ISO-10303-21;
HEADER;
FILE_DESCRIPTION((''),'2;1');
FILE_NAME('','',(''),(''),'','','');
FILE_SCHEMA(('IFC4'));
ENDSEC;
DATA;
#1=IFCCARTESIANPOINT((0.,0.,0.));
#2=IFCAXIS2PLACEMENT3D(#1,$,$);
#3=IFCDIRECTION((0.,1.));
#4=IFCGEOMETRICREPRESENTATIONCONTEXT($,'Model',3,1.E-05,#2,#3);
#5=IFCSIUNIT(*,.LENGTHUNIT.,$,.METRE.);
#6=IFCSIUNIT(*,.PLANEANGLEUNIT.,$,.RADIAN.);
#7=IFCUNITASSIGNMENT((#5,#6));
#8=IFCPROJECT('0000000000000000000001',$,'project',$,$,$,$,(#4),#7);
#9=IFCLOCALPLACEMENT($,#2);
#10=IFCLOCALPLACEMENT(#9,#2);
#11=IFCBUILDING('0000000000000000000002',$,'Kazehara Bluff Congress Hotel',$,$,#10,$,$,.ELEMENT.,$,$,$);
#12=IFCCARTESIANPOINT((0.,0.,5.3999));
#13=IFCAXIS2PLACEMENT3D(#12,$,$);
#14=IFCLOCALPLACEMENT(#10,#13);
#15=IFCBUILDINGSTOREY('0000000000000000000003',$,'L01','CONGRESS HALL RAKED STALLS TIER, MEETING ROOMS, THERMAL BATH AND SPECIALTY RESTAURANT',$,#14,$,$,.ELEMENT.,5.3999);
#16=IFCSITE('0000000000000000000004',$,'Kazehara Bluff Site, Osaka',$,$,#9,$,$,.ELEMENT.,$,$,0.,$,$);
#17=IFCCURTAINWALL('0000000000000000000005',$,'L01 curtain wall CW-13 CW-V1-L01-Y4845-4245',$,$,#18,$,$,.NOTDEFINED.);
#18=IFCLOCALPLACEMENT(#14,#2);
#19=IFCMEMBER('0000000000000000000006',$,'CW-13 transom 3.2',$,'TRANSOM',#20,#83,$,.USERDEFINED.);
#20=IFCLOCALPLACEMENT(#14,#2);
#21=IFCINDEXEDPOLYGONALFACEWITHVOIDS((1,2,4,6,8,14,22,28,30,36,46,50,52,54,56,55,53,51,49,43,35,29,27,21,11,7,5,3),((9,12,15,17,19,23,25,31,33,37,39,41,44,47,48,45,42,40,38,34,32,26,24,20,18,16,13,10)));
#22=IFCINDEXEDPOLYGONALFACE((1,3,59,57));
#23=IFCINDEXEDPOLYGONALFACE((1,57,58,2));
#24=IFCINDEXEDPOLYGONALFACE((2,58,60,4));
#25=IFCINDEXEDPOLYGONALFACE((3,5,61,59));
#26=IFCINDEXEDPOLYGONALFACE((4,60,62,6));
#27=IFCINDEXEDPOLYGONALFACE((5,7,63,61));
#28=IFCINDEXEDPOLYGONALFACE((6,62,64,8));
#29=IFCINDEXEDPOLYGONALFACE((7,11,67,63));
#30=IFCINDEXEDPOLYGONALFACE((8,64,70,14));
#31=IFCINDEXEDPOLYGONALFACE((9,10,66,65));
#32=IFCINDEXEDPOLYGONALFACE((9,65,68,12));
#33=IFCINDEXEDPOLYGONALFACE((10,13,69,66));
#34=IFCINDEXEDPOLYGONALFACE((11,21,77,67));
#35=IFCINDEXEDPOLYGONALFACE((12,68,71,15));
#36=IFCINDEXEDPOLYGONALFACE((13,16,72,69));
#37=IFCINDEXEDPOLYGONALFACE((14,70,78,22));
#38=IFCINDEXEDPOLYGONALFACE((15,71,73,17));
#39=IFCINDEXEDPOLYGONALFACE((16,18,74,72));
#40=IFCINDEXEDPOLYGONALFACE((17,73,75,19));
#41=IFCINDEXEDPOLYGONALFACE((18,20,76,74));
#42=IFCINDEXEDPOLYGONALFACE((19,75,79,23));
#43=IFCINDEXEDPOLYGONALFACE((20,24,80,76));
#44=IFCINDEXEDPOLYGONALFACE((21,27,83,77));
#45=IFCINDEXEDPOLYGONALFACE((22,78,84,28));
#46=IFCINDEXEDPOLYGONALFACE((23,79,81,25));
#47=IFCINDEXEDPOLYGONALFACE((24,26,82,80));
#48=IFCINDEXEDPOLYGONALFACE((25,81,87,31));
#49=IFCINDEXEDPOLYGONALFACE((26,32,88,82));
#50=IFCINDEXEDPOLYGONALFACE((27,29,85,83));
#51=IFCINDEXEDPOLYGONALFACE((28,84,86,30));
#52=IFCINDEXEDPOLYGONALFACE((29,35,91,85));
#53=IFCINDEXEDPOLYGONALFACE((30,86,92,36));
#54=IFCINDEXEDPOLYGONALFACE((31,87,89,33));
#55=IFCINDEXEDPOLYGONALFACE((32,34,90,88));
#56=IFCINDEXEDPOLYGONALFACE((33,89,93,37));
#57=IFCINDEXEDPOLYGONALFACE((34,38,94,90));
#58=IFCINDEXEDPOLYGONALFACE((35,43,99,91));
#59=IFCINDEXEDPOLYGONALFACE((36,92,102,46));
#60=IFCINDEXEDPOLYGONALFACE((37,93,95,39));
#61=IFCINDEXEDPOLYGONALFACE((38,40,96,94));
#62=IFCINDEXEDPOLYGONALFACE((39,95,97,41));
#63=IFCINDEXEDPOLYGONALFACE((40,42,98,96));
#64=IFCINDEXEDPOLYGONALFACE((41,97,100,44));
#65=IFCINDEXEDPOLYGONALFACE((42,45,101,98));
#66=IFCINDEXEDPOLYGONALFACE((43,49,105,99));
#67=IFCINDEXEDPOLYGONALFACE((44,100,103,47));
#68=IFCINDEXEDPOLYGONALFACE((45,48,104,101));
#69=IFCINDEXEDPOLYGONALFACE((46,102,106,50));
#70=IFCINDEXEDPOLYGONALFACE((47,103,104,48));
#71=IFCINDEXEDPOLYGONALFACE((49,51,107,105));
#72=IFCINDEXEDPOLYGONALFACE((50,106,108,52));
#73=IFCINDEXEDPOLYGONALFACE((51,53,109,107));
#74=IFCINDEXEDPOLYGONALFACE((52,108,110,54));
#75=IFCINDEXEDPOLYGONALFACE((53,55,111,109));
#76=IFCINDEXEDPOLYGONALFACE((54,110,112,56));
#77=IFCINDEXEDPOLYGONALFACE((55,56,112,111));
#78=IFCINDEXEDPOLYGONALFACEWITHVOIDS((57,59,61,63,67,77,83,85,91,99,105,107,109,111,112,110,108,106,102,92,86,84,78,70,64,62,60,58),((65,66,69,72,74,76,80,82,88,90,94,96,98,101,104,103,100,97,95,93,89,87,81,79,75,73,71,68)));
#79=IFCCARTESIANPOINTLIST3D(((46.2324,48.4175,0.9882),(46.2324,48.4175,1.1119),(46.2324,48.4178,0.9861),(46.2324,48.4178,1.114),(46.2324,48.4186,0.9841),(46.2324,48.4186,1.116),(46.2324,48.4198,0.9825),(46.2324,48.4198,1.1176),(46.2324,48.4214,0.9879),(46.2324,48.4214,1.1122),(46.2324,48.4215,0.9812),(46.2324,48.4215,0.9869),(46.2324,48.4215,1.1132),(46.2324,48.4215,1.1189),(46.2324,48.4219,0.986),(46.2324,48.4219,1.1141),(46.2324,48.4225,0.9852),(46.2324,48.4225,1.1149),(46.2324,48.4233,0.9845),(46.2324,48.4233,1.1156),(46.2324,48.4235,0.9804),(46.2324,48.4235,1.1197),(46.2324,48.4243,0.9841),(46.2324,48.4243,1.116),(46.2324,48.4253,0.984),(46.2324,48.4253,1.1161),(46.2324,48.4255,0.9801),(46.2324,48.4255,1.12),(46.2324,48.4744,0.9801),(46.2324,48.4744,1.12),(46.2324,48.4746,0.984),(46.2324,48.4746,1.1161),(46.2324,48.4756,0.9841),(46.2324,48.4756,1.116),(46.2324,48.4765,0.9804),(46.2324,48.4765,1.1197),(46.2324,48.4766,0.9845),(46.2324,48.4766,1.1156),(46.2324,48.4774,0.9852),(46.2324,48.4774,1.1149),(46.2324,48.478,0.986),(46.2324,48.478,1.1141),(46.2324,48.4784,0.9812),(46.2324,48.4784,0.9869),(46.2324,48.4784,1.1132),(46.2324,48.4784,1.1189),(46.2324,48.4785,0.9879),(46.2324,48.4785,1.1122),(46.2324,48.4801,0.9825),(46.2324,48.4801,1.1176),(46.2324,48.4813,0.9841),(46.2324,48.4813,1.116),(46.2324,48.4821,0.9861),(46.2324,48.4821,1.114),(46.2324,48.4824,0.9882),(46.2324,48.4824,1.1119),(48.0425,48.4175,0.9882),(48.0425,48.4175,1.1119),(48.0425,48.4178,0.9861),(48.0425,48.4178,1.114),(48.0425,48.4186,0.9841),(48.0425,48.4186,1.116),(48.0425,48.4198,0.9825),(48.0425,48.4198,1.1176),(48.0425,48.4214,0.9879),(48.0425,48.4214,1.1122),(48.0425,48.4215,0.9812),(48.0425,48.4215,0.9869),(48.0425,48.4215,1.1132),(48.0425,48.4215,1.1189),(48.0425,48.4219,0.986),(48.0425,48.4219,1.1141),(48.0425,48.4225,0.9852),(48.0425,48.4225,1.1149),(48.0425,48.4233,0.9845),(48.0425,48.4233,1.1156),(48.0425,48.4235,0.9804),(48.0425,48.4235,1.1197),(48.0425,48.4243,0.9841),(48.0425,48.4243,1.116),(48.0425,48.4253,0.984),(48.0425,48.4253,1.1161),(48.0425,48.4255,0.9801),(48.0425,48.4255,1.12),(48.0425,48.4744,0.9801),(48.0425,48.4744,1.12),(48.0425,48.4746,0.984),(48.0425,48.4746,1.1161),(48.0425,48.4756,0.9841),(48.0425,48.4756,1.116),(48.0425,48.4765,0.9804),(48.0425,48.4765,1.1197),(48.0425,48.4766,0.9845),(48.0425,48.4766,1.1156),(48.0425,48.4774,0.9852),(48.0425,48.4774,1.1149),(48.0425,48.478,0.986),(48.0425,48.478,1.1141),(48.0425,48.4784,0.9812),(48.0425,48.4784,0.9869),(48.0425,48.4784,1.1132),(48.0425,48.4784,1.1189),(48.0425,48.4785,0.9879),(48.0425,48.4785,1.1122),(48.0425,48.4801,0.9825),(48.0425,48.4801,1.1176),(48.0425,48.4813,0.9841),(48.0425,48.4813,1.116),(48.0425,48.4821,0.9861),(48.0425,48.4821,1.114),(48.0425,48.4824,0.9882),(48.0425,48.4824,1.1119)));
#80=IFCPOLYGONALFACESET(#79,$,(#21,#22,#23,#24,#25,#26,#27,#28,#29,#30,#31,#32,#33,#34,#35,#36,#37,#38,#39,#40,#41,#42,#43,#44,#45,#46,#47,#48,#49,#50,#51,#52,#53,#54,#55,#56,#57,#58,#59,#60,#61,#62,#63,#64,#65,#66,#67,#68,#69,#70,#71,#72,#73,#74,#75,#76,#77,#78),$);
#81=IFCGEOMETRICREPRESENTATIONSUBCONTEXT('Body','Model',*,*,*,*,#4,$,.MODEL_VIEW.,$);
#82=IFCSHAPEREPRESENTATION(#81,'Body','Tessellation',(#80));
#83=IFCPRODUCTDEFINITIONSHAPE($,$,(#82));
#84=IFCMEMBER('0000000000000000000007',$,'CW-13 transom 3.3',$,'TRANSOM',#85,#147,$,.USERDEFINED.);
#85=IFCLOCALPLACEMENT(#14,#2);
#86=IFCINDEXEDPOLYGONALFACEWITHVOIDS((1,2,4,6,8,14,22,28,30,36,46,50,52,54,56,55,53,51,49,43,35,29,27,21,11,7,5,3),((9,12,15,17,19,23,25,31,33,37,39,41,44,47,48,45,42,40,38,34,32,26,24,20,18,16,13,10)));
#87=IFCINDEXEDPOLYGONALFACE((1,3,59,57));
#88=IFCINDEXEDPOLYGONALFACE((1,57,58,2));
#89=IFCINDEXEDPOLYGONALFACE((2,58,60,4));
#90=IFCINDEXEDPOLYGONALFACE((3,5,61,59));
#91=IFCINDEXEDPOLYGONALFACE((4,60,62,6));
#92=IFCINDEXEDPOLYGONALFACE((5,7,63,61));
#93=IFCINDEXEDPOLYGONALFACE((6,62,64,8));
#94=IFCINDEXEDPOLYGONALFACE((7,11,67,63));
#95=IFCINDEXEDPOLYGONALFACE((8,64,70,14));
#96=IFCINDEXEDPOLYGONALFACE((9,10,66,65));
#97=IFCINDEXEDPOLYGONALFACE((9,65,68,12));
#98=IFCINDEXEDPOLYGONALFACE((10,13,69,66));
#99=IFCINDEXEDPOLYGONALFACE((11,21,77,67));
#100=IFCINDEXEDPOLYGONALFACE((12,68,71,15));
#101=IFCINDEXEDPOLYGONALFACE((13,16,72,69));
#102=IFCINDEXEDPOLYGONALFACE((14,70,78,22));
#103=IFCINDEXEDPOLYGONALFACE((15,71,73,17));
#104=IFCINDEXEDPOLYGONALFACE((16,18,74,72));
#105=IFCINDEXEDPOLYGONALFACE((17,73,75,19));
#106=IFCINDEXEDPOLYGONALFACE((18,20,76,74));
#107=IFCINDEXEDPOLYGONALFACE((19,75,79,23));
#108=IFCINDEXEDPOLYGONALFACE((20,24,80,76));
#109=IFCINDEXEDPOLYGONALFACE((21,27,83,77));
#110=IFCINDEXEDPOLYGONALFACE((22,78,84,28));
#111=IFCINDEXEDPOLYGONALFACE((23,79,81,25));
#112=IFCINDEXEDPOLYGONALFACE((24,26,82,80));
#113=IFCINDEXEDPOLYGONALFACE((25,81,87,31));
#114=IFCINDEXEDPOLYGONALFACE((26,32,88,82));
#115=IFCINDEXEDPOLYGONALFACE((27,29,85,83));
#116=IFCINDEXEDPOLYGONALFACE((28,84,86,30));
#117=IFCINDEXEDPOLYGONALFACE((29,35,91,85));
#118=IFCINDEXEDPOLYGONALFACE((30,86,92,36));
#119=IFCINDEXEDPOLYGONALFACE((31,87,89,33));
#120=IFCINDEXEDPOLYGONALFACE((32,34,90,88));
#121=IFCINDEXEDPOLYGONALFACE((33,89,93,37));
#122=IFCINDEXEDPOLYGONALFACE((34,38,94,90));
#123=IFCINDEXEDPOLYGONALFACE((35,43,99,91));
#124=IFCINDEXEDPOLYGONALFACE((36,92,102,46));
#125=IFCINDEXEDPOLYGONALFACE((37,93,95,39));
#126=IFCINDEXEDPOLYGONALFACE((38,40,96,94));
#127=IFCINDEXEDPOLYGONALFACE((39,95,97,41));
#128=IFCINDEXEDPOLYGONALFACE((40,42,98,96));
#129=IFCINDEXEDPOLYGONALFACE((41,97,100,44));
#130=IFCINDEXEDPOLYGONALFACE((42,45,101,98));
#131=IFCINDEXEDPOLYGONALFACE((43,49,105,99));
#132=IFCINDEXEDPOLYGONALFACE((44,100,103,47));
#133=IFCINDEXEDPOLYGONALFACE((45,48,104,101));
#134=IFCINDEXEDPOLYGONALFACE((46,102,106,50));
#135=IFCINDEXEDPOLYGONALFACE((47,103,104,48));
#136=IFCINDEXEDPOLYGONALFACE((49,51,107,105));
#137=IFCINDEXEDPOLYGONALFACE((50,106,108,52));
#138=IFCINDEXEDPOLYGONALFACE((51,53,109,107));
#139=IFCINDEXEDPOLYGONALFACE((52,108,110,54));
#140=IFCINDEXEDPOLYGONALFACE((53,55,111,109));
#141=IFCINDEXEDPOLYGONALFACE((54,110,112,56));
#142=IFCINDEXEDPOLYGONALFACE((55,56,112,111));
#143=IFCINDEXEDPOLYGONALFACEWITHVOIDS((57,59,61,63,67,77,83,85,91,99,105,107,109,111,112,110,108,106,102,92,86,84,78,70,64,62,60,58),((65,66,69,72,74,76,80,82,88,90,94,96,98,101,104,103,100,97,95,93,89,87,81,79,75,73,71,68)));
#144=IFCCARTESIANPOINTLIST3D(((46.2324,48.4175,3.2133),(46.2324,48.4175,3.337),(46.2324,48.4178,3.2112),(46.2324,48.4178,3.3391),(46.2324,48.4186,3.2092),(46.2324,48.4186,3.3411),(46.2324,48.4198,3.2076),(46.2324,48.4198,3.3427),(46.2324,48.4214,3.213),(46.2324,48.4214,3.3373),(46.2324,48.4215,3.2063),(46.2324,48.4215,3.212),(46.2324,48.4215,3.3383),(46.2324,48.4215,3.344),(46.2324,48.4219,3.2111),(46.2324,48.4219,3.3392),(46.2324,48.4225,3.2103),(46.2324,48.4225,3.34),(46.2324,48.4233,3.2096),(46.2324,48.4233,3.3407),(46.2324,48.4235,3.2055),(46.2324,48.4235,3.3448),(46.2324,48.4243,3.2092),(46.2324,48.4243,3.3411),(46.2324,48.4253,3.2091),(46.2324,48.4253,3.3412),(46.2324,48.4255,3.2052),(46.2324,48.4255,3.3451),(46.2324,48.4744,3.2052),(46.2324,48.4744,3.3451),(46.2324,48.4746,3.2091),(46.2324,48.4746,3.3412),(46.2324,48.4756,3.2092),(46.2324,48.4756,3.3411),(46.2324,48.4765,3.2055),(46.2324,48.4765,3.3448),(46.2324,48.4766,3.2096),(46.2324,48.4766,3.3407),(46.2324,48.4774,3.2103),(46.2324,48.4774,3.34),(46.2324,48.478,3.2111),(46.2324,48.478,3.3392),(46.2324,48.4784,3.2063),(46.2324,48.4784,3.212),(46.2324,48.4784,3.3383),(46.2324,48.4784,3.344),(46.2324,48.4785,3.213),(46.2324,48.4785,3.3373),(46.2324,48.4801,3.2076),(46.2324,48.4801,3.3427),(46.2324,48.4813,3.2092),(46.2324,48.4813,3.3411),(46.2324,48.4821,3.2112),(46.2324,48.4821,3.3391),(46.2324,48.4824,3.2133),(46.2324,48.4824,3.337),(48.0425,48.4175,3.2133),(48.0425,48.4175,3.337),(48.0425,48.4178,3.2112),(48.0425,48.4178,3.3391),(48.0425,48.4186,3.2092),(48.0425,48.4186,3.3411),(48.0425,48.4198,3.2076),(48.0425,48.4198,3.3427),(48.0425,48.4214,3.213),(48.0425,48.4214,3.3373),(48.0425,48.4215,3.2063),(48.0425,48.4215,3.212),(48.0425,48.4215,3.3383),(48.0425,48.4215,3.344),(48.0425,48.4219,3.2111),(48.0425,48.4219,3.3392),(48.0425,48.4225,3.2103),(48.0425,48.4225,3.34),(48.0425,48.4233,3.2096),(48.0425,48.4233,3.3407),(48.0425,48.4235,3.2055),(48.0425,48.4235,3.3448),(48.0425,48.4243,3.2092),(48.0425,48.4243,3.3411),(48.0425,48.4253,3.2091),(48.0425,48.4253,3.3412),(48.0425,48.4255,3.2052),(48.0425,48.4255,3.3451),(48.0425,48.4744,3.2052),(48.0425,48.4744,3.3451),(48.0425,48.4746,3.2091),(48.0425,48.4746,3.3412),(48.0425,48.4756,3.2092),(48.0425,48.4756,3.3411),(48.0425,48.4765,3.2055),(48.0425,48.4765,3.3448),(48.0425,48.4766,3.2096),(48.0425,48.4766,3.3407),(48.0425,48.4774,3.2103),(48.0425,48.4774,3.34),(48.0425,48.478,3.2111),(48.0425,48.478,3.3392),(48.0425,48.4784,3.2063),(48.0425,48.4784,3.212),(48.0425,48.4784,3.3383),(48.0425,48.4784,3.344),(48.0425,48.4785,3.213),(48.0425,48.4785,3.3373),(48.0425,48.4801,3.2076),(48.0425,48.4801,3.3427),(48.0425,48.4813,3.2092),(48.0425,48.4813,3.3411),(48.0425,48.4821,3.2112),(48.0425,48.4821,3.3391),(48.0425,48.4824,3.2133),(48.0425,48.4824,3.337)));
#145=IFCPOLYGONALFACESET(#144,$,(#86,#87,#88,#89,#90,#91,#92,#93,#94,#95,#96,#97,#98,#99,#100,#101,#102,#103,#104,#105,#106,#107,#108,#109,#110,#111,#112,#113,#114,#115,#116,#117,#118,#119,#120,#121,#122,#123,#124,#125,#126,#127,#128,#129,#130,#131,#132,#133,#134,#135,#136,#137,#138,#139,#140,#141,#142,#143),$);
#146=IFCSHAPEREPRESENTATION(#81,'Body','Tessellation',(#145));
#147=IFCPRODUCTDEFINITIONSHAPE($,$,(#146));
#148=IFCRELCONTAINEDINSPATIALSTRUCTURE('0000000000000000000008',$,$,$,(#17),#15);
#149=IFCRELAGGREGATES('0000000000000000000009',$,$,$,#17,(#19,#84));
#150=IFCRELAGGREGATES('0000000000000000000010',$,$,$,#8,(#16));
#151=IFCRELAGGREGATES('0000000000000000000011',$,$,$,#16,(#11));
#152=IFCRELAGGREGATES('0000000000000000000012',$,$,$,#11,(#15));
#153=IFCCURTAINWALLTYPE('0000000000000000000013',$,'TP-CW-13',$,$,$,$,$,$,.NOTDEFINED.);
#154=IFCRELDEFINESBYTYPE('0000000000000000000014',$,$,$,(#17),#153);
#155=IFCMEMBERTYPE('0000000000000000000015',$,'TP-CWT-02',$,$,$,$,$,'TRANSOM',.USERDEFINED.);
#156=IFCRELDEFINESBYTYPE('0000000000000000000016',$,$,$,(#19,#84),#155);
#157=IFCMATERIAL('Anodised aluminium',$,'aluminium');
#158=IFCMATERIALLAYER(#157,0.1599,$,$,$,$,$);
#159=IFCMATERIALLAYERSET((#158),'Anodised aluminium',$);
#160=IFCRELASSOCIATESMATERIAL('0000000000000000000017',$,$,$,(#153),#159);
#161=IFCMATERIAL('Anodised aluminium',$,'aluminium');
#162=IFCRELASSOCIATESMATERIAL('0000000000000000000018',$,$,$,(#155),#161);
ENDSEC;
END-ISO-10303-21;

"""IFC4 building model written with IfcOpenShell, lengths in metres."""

from ifc_helpers import new_model, si_unit, direction, frame, origin, origin_2d, place, context, subcontext, project, spatial, hollow_rectangle, extrude, material, layer, layer_set, material_profile, profile_set, type_object, element, aggregate, save


model = new_model("IFC4")

# Units and contexts
model_context = context("Model", 3, precision=1e-05, world=origin(), true_north=direction((0.0, 1.0)))
body_context = subcontext(model_context, "Body", "Model", "MODEL_VIEW")
ifc_project = project(units=[si_unit("LENGTHUNIT", "METRE"), si_unit("PLANEANGLEUNIT", "RADIAN")], contexts=[model_context])

# Site, building, storey
site_placement = place(None, origin())
site = spatial("IfcSite", under=ifc_project, at=site_placement, Name="Kazehara Bluff Site, Osaka", CompositionType="ELEMENT", RefElevation=0.0)
building_placement = place(site_placement, origin())
building = spatial("IfcBuilding", under=site, at=building_placement, Name="Kazehara Bluff Congress Hotel", CompositionType="ELEMENT")
storey_placement = place(building_placement, frame((0.0, 0.0, 5.3999)))
storey = spatial("IfcBuildingStorey", under=building, at=storey_placement, Name="L01", Description="CONGRESS HALL RAKED STALLS TIER, MEETING ROOMS, THERMAL BATH AND SPECIALTY RESTAURANT", CompositionType="ELEMENT", Elevation=5.3999)

# Curtain wall, members
ifc_material_1 = material(Name="Anodised aluminium", Category="aluminium")
ifc_layer_1 = layer(ifc_material_1, 0.1599)
ifc_layer_set_1 = layer_set([ifc_layer_1], Name="Anodised aluminium")
curtain_wall_type = type_object("IfcCurtainWallType", Name="TP-CW-13", PredefinedType="NOTDEFINED", material=ifc_layer_set_1)
curtain_wall_placement = place(storey_placement, origin())
curtain_wall = element("IfcCurtainWall", 1, at=curtain_wall_placement, inside=storey, type_object=curtain_wall_type, Name="L01 curtain wall CW-13 CW-V1-L01-Y4845-4245", PredefinedType="NOTDEFINED")
ifc_material_2 = material(Name="Anodised aluminium", Category="aluminium")
ifc_material_profile_1 = material_profile(ifc_material_2, hollow_rectangle(XDim=0.0649, YDim=0.1399, WallThickness=0.0039, InnerFilletRadius=0.0039, OuterFilletRadius=0.0081, at=origin_2d()))
ifc_profile_set_1 = profile_set([ifc_material_profile_1], Name="Anodised aluminium")
member_type_1 = type_object("IfcMemberType", Name="TP-CWT-02", ElementType="TRANSOM", PredefinedType="USERDEFINED", material=ifc_profile_set_1)
member_1_placement = place(storey_placement, frame((46.2324, 48.45, 1.05), z_axis=(1.0, 0.0, 0.0), x_axis=(0.0, 1.0, 0.0)))
member_1 = element("IfcMember", 2, at=member_1_placement, type_object=member_type_1, Name="CW-13 transom 3.2", ObjectType="TRANSOM", PredefinedType="USERDEFINED", context=body_context, shape_type="SweptSolid", body=[
    extrude(hollow_rectangle(XDim=0.0649, YDim=0.1399, WallThickness=0.0039, InnerFilletRadius=0.0039, OuterFilletRadius=0.0081, at=origin_2d()), origin(), (0.0, 0.0, 1.0), 1.8101),
])
member_2_placement = place(storey_placement, frame((46.2324, 48.45, 3.2751), z_axis=(1.0, 0.0, 0.0), x_axis=(0.0, 1.0, 0.0)))
member_2 = element("IfcMember", 3, at=member_2_placement, type_object=member_type_1, Name="CW-13 transom 3.3", ObjectType="TRANSOM", PredefinedType="USERDEFINED", context=body_context, shape_type="SweptSolid", body=[
    extrude(hollow_rectangle(XDim=0.0649, YDim=0.1399, WallThickness=0.0039, InnerFilletRadius=0.0039, OuterFilletRadius=0.0081, at=origin_2d()), origin(), (0.0, 0.0, 1.0), 1.8101),
])
aggregate(curtain_wall, [member_1, member_2])

save(model, "model.ifc")
